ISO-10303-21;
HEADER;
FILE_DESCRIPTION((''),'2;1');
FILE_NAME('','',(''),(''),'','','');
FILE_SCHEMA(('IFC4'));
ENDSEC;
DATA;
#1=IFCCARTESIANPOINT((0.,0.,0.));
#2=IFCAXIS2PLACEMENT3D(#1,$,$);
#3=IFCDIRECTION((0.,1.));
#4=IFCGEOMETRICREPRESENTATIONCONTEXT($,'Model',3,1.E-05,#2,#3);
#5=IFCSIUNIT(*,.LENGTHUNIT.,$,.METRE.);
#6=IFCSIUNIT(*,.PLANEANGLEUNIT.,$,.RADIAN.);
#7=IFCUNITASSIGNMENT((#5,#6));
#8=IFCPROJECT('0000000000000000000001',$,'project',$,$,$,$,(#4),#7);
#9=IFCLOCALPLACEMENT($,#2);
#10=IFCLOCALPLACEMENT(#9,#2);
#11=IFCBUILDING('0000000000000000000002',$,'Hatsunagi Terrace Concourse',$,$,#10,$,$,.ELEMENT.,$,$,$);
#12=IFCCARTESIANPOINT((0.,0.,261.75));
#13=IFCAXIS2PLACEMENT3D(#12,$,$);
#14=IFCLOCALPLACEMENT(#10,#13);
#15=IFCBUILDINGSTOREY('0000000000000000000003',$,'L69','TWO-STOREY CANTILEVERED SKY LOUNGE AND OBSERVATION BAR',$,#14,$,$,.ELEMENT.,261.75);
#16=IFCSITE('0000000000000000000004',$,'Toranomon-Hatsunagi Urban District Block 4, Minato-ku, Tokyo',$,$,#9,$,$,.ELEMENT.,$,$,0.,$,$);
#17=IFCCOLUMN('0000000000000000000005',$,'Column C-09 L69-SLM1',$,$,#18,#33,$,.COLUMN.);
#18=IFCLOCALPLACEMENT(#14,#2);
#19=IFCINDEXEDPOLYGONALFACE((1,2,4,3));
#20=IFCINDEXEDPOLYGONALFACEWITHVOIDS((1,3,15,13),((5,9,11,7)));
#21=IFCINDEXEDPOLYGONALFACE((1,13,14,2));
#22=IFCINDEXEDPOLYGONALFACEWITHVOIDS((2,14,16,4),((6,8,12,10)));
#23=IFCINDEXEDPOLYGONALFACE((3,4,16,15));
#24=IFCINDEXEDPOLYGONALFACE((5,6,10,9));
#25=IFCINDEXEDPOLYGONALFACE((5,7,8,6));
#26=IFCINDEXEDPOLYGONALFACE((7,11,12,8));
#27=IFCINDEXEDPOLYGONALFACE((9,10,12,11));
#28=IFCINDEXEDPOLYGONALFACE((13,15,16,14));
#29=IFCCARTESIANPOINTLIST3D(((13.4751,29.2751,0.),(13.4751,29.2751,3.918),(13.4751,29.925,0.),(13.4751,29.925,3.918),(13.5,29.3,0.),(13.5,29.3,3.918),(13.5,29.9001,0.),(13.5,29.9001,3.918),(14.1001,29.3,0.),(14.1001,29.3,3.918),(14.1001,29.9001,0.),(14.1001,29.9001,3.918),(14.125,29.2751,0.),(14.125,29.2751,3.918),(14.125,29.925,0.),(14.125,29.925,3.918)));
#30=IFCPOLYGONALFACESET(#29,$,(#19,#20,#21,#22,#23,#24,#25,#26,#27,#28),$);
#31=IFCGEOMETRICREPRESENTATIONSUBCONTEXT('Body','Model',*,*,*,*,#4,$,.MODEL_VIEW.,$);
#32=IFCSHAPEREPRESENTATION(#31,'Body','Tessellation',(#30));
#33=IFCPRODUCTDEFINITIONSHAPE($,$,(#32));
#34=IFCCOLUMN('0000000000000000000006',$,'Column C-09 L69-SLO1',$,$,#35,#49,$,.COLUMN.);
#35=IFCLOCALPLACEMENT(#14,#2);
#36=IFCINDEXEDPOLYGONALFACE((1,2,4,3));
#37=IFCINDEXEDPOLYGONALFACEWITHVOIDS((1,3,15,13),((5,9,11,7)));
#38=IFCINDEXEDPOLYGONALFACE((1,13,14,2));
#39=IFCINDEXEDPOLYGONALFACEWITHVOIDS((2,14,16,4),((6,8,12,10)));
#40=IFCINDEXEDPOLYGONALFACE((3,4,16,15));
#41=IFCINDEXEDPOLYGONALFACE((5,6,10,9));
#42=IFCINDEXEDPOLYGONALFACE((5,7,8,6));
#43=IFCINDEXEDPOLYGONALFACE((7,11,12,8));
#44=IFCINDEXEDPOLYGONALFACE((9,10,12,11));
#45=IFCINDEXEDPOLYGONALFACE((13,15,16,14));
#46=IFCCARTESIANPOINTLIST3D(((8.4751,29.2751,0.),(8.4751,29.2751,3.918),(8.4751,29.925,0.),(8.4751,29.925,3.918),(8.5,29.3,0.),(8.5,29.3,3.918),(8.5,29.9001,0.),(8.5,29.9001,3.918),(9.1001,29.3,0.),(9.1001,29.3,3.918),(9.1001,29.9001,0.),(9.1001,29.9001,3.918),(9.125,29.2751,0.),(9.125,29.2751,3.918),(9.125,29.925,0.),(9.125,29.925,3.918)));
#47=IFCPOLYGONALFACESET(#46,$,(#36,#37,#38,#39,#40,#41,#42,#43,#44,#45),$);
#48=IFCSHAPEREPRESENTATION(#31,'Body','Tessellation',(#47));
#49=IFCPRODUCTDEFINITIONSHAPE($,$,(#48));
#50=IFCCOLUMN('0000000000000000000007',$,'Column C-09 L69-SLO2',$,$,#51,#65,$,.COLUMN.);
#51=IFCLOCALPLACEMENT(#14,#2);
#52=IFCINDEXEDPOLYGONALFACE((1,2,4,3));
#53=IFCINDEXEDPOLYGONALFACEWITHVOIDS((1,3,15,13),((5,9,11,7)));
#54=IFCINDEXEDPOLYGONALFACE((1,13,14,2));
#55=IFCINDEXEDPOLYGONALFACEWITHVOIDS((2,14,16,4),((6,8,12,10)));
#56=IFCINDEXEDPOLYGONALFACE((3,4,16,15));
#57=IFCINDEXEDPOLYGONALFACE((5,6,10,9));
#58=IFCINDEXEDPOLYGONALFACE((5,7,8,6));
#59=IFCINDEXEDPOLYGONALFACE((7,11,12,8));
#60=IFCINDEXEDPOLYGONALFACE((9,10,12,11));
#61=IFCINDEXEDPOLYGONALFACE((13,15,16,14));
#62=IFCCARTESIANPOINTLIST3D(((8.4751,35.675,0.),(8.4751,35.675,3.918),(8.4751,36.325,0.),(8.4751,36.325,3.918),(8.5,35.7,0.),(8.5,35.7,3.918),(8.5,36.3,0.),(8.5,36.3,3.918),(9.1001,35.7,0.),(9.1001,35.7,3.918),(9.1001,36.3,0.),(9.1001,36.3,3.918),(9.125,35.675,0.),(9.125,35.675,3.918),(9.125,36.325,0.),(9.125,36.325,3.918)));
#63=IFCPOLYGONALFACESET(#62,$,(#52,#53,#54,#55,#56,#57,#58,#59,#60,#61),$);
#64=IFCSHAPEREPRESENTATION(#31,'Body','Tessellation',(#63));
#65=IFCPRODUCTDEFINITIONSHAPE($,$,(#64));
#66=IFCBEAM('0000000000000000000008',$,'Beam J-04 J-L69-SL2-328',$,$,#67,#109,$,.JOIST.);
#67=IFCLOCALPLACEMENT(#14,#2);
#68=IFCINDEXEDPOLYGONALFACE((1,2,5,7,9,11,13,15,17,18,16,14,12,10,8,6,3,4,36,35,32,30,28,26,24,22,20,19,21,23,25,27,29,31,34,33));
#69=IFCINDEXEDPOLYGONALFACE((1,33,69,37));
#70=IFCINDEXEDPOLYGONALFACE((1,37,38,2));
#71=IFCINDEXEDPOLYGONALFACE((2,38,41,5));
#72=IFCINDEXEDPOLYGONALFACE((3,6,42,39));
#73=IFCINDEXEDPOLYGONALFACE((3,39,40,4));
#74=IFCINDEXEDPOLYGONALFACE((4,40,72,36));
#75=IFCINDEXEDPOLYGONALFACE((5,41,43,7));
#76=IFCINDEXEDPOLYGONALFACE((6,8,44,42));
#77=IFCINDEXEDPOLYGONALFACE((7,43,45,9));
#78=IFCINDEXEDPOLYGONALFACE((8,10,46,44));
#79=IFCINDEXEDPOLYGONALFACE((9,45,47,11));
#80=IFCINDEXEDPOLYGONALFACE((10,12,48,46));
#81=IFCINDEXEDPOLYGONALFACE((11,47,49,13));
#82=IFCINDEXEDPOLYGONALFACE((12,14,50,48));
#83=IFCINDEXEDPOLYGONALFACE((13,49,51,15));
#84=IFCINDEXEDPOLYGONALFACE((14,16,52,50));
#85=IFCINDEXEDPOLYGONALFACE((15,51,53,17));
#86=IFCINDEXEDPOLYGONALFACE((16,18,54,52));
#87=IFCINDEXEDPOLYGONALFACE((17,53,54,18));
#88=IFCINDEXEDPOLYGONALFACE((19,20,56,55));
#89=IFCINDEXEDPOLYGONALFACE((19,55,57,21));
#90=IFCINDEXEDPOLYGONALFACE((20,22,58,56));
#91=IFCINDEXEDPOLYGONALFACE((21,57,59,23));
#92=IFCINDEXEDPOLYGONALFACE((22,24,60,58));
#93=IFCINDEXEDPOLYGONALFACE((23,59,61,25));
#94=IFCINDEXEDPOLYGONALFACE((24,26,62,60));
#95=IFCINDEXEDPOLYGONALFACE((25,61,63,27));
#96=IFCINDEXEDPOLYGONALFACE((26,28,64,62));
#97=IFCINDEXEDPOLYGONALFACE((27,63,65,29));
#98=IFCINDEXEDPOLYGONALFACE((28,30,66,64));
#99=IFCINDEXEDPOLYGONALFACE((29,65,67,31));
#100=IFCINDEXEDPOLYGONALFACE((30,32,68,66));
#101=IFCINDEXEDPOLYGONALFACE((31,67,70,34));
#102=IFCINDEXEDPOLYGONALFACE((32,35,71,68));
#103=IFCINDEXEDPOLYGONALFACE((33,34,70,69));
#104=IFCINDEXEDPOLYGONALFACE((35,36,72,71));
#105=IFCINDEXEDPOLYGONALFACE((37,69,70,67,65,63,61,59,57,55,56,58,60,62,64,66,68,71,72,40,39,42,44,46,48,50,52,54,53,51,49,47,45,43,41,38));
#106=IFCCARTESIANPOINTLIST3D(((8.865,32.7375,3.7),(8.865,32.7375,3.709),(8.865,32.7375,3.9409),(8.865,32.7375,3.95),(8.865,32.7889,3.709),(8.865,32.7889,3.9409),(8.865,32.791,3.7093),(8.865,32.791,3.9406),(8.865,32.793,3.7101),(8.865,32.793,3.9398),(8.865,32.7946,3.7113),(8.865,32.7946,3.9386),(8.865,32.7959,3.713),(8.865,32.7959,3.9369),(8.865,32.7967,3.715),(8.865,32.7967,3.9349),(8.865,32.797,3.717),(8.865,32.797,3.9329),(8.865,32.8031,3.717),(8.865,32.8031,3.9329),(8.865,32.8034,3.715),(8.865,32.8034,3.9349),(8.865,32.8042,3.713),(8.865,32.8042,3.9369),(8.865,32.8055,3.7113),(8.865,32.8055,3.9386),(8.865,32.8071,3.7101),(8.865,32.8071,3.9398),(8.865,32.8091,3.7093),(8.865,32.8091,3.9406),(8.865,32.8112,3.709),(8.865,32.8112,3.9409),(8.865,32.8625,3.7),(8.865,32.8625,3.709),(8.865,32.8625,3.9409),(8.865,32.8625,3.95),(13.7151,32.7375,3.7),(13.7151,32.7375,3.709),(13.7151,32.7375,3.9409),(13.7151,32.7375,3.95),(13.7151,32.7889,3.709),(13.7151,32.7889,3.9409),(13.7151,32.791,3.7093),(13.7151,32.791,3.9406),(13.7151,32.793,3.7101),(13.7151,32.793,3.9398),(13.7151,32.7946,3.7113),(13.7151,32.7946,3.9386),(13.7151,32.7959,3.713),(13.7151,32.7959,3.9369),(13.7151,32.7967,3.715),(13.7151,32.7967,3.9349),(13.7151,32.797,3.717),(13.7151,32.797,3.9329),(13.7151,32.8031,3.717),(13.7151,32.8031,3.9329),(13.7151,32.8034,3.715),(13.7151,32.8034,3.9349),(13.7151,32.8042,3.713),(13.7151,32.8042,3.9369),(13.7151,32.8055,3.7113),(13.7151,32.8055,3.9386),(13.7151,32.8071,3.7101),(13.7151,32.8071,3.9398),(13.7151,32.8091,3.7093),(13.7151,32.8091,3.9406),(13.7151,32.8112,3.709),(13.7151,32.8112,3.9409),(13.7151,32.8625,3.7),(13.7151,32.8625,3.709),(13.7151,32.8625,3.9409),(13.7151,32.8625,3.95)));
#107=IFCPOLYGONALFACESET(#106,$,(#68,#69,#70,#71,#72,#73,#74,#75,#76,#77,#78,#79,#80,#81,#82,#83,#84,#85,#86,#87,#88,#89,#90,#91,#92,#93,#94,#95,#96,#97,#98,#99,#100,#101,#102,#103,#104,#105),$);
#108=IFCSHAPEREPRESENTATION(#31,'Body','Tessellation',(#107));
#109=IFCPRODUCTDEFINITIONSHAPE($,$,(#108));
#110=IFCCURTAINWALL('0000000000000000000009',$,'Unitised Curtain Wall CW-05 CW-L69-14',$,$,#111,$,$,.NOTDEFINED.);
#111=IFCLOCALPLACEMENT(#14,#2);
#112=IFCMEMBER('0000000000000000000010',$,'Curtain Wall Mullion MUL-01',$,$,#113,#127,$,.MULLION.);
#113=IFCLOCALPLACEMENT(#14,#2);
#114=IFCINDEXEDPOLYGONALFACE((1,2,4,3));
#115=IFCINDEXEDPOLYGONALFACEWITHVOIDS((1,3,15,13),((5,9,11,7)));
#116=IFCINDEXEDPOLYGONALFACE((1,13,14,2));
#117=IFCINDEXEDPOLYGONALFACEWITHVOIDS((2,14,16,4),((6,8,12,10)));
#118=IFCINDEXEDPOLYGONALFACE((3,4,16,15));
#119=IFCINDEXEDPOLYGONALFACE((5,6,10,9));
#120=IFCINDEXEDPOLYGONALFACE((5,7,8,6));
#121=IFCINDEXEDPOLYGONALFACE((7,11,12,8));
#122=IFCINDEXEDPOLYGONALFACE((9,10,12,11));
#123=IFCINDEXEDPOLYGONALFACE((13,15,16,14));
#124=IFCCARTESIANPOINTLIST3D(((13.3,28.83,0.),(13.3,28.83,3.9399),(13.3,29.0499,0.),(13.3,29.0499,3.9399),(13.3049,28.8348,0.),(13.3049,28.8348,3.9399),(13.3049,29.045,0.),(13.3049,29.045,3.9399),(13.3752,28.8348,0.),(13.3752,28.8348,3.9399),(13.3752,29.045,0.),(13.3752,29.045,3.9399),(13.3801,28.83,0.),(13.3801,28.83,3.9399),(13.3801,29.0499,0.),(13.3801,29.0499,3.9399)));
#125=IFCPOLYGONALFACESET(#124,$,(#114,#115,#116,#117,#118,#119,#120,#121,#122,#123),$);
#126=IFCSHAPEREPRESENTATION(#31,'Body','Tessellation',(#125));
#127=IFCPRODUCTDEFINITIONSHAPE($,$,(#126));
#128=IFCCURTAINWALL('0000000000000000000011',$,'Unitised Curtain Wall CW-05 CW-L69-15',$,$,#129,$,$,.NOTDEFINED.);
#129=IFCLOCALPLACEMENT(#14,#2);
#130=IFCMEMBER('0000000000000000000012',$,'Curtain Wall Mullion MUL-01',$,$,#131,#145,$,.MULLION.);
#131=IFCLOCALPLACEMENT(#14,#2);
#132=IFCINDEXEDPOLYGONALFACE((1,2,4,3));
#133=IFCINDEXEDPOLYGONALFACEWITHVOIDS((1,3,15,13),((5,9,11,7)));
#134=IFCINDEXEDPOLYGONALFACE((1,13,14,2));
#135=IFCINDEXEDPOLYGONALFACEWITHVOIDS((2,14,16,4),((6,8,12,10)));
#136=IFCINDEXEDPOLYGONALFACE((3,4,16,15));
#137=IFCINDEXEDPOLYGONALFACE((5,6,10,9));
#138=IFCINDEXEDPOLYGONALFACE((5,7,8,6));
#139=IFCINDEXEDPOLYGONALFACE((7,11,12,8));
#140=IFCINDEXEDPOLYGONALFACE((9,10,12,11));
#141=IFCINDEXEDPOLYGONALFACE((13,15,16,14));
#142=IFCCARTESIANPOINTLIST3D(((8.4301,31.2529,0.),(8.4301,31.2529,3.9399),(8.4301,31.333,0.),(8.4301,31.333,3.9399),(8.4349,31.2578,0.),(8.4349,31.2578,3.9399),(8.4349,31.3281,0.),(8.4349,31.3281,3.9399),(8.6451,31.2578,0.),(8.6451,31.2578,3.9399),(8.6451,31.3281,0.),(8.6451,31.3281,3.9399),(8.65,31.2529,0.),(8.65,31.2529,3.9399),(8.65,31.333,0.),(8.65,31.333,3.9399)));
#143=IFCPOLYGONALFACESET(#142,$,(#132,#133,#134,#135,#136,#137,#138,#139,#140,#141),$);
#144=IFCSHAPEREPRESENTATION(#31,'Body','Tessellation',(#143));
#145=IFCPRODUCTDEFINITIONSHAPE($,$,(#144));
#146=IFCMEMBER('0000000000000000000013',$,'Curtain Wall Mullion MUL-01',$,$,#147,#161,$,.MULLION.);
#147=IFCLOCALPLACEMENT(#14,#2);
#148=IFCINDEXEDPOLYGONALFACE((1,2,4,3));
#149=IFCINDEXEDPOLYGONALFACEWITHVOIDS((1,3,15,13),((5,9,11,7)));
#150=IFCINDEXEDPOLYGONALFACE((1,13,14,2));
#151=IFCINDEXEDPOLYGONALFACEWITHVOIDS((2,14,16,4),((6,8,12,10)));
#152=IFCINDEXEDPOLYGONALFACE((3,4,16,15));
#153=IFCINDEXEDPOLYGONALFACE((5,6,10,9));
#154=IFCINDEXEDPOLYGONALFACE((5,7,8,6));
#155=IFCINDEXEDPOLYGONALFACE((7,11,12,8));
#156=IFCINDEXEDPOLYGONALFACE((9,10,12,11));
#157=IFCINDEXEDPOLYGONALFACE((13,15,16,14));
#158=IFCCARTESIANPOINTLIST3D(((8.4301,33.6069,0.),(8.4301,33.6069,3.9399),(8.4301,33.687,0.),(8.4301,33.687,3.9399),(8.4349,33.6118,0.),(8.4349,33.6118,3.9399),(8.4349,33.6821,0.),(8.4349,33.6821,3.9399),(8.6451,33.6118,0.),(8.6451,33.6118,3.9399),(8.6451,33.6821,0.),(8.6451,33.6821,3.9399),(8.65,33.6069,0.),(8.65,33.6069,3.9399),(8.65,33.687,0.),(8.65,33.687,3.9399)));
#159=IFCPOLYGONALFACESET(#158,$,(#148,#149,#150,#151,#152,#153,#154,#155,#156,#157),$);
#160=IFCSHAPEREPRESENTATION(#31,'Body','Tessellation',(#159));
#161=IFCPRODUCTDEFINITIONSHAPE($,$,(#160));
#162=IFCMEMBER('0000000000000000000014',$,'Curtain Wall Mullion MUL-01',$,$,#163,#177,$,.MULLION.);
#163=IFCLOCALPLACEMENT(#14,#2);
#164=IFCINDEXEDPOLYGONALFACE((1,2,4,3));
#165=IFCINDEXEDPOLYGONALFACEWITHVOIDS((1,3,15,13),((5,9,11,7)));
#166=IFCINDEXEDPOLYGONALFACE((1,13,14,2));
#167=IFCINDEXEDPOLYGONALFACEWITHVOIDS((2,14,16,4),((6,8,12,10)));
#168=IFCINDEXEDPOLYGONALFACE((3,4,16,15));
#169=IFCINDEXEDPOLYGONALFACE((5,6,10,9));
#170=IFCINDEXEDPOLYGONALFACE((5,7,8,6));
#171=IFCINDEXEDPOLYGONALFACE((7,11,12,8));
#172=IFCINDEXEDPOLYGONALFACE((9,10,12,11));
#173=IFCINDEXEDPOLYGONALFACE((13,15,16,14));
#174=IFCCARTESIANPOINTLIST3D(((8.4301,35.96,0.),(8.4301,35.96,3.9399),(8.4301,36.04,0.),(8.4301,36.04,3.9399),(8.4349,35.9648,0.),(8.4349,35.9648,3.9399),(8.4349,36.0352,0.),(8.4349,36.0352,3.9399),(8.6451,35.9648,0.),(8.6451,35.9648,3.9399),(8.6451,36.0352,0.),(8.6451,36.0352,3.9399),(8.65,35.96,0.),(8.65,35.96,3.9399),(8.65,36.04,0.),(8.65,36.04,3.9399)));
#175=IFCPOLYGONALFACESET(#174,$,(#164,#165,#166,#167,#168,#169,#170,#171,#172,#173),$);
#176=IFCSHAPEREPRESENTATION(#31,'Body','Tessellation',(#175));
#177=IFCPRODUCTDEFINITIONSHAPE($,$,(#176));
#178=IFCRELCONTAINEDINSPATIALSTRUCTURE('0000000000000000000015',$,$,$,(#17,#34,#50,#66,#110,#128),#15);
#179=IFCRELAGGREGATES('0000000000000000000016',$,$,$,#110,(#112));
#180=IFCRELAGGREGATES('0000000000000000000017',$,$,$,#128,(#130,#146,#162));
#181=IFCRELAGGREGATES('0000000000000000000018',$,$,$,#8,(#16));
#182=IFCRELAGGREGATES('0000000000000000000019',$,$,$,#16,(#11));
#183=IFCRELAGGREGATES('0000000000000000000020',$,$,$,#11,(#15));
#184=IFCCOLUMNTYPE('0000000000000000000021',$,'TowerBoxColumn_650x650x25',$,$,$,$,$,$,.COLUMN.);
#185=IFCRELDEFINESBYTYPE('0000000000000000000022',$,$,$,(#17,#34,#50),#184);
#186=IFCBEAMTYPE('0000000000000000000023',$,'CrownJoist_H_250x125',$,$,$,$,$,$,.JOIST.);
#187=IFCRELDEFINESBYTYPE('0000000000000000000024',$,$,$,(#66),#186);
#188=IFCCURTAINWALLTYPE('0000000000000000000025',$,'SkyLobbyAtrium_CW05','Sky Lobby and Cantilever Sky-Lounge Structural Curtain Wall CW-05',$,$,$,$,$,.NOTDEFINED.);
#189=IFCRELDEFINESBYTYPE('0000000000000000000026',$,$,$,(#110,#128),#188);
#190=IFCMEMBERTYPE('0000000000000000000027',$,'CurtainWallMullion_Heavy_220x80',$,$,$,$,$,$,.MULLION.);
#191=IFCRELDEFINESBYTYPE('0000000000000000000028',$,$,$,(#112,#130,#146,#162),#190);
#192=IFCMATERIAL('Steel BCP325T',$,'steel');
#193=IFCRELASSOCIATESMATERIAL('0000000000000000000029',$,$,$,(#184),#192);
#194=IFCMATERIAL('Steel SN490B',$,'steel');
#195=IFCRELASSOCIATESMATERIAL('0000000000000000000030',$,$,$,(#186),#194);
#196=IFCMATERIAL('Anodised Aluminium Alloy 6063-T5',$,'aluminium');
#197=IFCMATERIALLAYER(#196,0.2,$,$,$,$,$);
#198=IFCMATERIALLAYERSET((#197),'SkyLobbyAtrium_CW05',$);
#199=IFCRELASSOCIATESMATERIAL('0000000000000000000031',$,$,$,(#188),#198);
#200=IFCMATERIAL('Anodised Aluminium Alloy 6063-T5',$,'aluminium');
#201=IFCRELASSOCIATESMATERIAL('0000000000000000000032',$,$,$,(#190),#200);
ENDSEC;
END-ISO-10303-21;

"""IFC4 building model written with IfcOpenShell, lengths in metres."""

from ifc_helpers import new_model, si_unit, direction, frame, origin, origin_2d, place, context, subcontext, project, spatial, hollow_rectangle, i_section, extrude, material, layer, layer_set, material_profile, profile_set, type_object, element, aggregate, save


model = new_model("IFC4")

# Units and contexts
model_context = context("Model", 3, precision=1e-05, world=origin(), true_north=direction((0.0, 1.0)))
body_context = subcontext(model_context, "Body", "Model", "MODEL_VIEW")
ifc_project = project(units=[si_unit("LENGTHUNIT", "METRE"), si_unit("PLANEANGLEUNIT", "RADIAN")], contexts=[model_context])

# Site, building, storey
site_placement = place(None, origin())
site = spatial("IfcSite", under=ifc_project, at=site_placement, Name="Toranomon-Hatsunagi Urban District Block 4, Minato-ku, Tokyo", CompositionType="ELEMENT", RefElevation=0.0)
building_placement = place(site_placement, origin())
building = spatial("IfcBuilding", under=site, at=building_placement, Name="Hatsunagi Terrace Concourse", CompositionType="ELEMENT")
storey_placement = place(building_placement, frame((0.0, 0.0, 261.75)))
storey = spatial("IfcBuildingStorey", under=building, at=storey_placement, Name="L69", Description="TWO-STOREY CANTILEVERED SKY LOUNGE AND OBSERVATION BAR", CompositionType="ELEMENT", Elevation=261.75)

# Columns
ifc_material_1 = material(Name="Steel BCP325T", Category="steel")
ifc_material_profile_1 = material_profile(ifc_material_1, hollow_rectangle(XDim=0.6499, YDim=0.6499, WallThickness=0.0249, at=origin_2d()), Name="BCP-650x650x25")
ifc_profile_set_1 = profile_set([ifc_material_profile_1], Name="Steel BCP325T")
column_type = type_object("IfcColumnType", Name="TowerBoxColumn_650x650x25", PredefinedType="COLUMN", material=ifc_profile_set_1)
for number, where, z_axis, x_axis, name in (
    (1, (13.8, 29.6001, 0.0), (0.0, 0.0, 1.0), (1.0, 0.0, 0.0), "Column C-09 L69-SLM1"),
    (2, (8.8, 29.6001, 0.0), (0.0, 0.0, 1.0), (1.0, 0.0, 0.0), "Column C-09 L69-SLO1"),
    (3, (8.8, 36.0, 0.0), (0.0, 0.0, 1.0), (1.0, 0.0, 0.0), "Column C-09 L69-SLO2"),
):
    element("IfcColumn", number, at=place(storey_placement, frame(where, z_axis=z_axis, x_axis=x_axis)), inside=storey, type_object=column_type, Name=name, PredefinedType="COLUMN", context=body_context, shape_type="SweptSolid", body=[
        extrude(hollow_rectangle(XDim=0.6499, YDim=0.6499, WallThickness=0.0249, at=origin_2d()), origin(), (0.0, 0.0, 1.0), 3.918),
    ])

# Beam
ifc_material_2 = material(Name="Steel SN490B", Category="steel")
ifc_material_profile_2 = material_profile(ifc_material_2, i_section(OverallWidth=0.125, OverallDepth=0.25, WebThickness=0.0061, FlangeThickness=0.009, FilletRadius=0.0081, at=origin_2d()), Name="H-250x125x6x9")
ifc_profile_set_2 = profile_set([ifc_material_profile_2], Name="Steel SN490B")
beam_type_1 = type_object("IfcBeamType", Name="CrownJoist_H_250x125", PredefinedType="JOIST", material=ifc_profile_set_2)
beam_1_placement = place(storey_placement, frame((13.7151, 32.8, 3.825), z_axis=(-1.0, 0.0, 0.0), x_axis=(0.0, -1.0, 0.0)))
element("IfcBeam", 4, at=beam_1_placement, inside=storey, type_object=beam_type_1, Name="Beam J-04 J-L69-SL2-328", PredefinedType="JOIST", context=body_context, shape_type="SweptSolid", body=[
    extrude(i_section(OverallWidth=0.125, OverallDepth=0.25, WebThickness=0.0061, FlangeThickness=0.009, FilletRadius=0.0081, at=origin_2d()), origin(), (0.0, 0.0, 1.0), 4.8501),
])

# Curtain wall, member
ifc_material_3 = material(Name="Anodised Aluminium Alloy 6063-T5", Category="aluminium")
ifc_layer_1 = layer(ifc_material_3, 0.2)
ifc_layer_set_1 = layer_set([ifc_layer_1], Name="SkyLobbyAtrium_CW05")
curtain_wall_type = type_object("IfcCurtainWallType", Name="SkyLobbyAtrium_CW05", Description="Sky Lobby and Cantilever Sky-Lounge Structural Curtain Wall CW-05", PredefinedType="NOTDEFINED", material=ifc_layer_set_1)
curtain_wall_1_placement = place(storey_placement, origin())
curtain_wall_1 = element("IfcCurtainWall", 5, at=curtain_wall_1_placement, inside=storey, type_object=curtain_wall_type, Name="Unitised Curtain Wall CW-05 CW-L69-14", PredefinedType="NOTDEFINED")
ifc_material_4 = material(Name="Anodised Aluminium Alloy 6063-T5", Category="aluminium")
ifc_material_profile_3 = material_profile(ifc_material_4, hollow_rectangle(XDim=0.0801, YDim=0.22, WallThickness=0.0049, at=origin_2d()), Name="ALU-MUL-220x80x5")
ifc_profile_set_3 = profile_set([ifc_material_profile_3], Name="Anodised Aluminium Alloy 6063-T5")
member_type = type_object("IfcMemberType", Name="CurtainWallMullion_Heavy_220x80", PredefinedType="MULLION", material=ifc_profile_set_3)
member_1_placement = place(storey_placement, frame((13.3401, 28.9399, 0.0), z_axis=(0.0, 0.0, 1.0), x_axis=(-1.0, 0.0, 0.0)))
member_1 = element("IfcMember", 6, at=member_1_placement, type_object=member_type, Name="Curtain Wall Mullion MUL-01", PredefinedType="MULLION", context=body_context, shape_type="SweptSolid", body=[
    extrude(hollow_rectangle(XDim=0.0801, YDim=0.22, WallThickness=0.0049, at=origin_2d()), origin(), (0.0, 0.0, 1.0), 3.9399),
])

# Curtain wall, members
curtain_wall_2_placement = place(storey_placement, origin())
curtain_wall_2 = element("IfcCurtainWall", 7, at=curtain_wall_2_placement, inside=storey, type_object=curtain_wall_type, Name="Unitised Curtain Wall CW-05 CW-L69-15", PredefinedType="NOTDEFINED")
member_2_placement = place(storey_placement, frame((8.54, 31.293, 0.0), z_axis=(0.0, 0.0, 1.0), x_axis=(0.0, 1.0, 0.0)))
member_2 = element("IfcMember", 8, at=member_2_placement, type_object=member_type, Name="Curtain Wall Mullion MUL-01", PredefinedType="MULLION", context=body_context, shape_type="SweptSolid", body=[
    extrude(hollow_rectangle(XDim=0.0801, YDim=0.22, WallThickness=0.0049, at=origin_2d()), origin(), (0.0, 0.0, 1.0), 3.9399),
])
member_3_placement = place(storey_placement, frame((8.54, 33.647, 0.0), z_axis=(0.0, 0.0, 1.0), x_axis=(0.0, 1.0, 0.0)))
member_3 = element("IfcMember", 9, at=member_3_placement, type_object=member_type, Name="Curtain Wall Mullion MUL-01", PredefinedType="MULLION", context=body_context, shape_type="SweptSolid", body=[
    extrude(hollow_rectangle(XDim=0.0801, YDim=0.22, WallThickness=0.0049, at=origin_2d()), origin(), (0.0, 0.0, 1.0), 3.9399),
])
member_4_placement = place(storey_placement, frame((8.54, 36.0, 0.0), z_axis=(0.0, 0.0, 1.0), x_axis=(0.0, 1.0, 0.0)))
member_4 = element("IfcMember", 10, at=member_4_placement, type_object=member_type, Name="Curtain Wall Mullion MUL-01", PredefinedType="MULLION", context=body_context, shape_type="SweptSolid", body=[
    extrude(hollow_rectangle(XDim=0.0801, YDim=0.22, WallThickness=0.0049, at=origin_2d()), origin(), (0.0, 0.0, 1.0), 3.9399),
])

aggregate(curtain_wall_1, [member_1])
aggregate(curtain_wall_2, [member_2, member_3, member_4])

save(model, "model.ifc")
